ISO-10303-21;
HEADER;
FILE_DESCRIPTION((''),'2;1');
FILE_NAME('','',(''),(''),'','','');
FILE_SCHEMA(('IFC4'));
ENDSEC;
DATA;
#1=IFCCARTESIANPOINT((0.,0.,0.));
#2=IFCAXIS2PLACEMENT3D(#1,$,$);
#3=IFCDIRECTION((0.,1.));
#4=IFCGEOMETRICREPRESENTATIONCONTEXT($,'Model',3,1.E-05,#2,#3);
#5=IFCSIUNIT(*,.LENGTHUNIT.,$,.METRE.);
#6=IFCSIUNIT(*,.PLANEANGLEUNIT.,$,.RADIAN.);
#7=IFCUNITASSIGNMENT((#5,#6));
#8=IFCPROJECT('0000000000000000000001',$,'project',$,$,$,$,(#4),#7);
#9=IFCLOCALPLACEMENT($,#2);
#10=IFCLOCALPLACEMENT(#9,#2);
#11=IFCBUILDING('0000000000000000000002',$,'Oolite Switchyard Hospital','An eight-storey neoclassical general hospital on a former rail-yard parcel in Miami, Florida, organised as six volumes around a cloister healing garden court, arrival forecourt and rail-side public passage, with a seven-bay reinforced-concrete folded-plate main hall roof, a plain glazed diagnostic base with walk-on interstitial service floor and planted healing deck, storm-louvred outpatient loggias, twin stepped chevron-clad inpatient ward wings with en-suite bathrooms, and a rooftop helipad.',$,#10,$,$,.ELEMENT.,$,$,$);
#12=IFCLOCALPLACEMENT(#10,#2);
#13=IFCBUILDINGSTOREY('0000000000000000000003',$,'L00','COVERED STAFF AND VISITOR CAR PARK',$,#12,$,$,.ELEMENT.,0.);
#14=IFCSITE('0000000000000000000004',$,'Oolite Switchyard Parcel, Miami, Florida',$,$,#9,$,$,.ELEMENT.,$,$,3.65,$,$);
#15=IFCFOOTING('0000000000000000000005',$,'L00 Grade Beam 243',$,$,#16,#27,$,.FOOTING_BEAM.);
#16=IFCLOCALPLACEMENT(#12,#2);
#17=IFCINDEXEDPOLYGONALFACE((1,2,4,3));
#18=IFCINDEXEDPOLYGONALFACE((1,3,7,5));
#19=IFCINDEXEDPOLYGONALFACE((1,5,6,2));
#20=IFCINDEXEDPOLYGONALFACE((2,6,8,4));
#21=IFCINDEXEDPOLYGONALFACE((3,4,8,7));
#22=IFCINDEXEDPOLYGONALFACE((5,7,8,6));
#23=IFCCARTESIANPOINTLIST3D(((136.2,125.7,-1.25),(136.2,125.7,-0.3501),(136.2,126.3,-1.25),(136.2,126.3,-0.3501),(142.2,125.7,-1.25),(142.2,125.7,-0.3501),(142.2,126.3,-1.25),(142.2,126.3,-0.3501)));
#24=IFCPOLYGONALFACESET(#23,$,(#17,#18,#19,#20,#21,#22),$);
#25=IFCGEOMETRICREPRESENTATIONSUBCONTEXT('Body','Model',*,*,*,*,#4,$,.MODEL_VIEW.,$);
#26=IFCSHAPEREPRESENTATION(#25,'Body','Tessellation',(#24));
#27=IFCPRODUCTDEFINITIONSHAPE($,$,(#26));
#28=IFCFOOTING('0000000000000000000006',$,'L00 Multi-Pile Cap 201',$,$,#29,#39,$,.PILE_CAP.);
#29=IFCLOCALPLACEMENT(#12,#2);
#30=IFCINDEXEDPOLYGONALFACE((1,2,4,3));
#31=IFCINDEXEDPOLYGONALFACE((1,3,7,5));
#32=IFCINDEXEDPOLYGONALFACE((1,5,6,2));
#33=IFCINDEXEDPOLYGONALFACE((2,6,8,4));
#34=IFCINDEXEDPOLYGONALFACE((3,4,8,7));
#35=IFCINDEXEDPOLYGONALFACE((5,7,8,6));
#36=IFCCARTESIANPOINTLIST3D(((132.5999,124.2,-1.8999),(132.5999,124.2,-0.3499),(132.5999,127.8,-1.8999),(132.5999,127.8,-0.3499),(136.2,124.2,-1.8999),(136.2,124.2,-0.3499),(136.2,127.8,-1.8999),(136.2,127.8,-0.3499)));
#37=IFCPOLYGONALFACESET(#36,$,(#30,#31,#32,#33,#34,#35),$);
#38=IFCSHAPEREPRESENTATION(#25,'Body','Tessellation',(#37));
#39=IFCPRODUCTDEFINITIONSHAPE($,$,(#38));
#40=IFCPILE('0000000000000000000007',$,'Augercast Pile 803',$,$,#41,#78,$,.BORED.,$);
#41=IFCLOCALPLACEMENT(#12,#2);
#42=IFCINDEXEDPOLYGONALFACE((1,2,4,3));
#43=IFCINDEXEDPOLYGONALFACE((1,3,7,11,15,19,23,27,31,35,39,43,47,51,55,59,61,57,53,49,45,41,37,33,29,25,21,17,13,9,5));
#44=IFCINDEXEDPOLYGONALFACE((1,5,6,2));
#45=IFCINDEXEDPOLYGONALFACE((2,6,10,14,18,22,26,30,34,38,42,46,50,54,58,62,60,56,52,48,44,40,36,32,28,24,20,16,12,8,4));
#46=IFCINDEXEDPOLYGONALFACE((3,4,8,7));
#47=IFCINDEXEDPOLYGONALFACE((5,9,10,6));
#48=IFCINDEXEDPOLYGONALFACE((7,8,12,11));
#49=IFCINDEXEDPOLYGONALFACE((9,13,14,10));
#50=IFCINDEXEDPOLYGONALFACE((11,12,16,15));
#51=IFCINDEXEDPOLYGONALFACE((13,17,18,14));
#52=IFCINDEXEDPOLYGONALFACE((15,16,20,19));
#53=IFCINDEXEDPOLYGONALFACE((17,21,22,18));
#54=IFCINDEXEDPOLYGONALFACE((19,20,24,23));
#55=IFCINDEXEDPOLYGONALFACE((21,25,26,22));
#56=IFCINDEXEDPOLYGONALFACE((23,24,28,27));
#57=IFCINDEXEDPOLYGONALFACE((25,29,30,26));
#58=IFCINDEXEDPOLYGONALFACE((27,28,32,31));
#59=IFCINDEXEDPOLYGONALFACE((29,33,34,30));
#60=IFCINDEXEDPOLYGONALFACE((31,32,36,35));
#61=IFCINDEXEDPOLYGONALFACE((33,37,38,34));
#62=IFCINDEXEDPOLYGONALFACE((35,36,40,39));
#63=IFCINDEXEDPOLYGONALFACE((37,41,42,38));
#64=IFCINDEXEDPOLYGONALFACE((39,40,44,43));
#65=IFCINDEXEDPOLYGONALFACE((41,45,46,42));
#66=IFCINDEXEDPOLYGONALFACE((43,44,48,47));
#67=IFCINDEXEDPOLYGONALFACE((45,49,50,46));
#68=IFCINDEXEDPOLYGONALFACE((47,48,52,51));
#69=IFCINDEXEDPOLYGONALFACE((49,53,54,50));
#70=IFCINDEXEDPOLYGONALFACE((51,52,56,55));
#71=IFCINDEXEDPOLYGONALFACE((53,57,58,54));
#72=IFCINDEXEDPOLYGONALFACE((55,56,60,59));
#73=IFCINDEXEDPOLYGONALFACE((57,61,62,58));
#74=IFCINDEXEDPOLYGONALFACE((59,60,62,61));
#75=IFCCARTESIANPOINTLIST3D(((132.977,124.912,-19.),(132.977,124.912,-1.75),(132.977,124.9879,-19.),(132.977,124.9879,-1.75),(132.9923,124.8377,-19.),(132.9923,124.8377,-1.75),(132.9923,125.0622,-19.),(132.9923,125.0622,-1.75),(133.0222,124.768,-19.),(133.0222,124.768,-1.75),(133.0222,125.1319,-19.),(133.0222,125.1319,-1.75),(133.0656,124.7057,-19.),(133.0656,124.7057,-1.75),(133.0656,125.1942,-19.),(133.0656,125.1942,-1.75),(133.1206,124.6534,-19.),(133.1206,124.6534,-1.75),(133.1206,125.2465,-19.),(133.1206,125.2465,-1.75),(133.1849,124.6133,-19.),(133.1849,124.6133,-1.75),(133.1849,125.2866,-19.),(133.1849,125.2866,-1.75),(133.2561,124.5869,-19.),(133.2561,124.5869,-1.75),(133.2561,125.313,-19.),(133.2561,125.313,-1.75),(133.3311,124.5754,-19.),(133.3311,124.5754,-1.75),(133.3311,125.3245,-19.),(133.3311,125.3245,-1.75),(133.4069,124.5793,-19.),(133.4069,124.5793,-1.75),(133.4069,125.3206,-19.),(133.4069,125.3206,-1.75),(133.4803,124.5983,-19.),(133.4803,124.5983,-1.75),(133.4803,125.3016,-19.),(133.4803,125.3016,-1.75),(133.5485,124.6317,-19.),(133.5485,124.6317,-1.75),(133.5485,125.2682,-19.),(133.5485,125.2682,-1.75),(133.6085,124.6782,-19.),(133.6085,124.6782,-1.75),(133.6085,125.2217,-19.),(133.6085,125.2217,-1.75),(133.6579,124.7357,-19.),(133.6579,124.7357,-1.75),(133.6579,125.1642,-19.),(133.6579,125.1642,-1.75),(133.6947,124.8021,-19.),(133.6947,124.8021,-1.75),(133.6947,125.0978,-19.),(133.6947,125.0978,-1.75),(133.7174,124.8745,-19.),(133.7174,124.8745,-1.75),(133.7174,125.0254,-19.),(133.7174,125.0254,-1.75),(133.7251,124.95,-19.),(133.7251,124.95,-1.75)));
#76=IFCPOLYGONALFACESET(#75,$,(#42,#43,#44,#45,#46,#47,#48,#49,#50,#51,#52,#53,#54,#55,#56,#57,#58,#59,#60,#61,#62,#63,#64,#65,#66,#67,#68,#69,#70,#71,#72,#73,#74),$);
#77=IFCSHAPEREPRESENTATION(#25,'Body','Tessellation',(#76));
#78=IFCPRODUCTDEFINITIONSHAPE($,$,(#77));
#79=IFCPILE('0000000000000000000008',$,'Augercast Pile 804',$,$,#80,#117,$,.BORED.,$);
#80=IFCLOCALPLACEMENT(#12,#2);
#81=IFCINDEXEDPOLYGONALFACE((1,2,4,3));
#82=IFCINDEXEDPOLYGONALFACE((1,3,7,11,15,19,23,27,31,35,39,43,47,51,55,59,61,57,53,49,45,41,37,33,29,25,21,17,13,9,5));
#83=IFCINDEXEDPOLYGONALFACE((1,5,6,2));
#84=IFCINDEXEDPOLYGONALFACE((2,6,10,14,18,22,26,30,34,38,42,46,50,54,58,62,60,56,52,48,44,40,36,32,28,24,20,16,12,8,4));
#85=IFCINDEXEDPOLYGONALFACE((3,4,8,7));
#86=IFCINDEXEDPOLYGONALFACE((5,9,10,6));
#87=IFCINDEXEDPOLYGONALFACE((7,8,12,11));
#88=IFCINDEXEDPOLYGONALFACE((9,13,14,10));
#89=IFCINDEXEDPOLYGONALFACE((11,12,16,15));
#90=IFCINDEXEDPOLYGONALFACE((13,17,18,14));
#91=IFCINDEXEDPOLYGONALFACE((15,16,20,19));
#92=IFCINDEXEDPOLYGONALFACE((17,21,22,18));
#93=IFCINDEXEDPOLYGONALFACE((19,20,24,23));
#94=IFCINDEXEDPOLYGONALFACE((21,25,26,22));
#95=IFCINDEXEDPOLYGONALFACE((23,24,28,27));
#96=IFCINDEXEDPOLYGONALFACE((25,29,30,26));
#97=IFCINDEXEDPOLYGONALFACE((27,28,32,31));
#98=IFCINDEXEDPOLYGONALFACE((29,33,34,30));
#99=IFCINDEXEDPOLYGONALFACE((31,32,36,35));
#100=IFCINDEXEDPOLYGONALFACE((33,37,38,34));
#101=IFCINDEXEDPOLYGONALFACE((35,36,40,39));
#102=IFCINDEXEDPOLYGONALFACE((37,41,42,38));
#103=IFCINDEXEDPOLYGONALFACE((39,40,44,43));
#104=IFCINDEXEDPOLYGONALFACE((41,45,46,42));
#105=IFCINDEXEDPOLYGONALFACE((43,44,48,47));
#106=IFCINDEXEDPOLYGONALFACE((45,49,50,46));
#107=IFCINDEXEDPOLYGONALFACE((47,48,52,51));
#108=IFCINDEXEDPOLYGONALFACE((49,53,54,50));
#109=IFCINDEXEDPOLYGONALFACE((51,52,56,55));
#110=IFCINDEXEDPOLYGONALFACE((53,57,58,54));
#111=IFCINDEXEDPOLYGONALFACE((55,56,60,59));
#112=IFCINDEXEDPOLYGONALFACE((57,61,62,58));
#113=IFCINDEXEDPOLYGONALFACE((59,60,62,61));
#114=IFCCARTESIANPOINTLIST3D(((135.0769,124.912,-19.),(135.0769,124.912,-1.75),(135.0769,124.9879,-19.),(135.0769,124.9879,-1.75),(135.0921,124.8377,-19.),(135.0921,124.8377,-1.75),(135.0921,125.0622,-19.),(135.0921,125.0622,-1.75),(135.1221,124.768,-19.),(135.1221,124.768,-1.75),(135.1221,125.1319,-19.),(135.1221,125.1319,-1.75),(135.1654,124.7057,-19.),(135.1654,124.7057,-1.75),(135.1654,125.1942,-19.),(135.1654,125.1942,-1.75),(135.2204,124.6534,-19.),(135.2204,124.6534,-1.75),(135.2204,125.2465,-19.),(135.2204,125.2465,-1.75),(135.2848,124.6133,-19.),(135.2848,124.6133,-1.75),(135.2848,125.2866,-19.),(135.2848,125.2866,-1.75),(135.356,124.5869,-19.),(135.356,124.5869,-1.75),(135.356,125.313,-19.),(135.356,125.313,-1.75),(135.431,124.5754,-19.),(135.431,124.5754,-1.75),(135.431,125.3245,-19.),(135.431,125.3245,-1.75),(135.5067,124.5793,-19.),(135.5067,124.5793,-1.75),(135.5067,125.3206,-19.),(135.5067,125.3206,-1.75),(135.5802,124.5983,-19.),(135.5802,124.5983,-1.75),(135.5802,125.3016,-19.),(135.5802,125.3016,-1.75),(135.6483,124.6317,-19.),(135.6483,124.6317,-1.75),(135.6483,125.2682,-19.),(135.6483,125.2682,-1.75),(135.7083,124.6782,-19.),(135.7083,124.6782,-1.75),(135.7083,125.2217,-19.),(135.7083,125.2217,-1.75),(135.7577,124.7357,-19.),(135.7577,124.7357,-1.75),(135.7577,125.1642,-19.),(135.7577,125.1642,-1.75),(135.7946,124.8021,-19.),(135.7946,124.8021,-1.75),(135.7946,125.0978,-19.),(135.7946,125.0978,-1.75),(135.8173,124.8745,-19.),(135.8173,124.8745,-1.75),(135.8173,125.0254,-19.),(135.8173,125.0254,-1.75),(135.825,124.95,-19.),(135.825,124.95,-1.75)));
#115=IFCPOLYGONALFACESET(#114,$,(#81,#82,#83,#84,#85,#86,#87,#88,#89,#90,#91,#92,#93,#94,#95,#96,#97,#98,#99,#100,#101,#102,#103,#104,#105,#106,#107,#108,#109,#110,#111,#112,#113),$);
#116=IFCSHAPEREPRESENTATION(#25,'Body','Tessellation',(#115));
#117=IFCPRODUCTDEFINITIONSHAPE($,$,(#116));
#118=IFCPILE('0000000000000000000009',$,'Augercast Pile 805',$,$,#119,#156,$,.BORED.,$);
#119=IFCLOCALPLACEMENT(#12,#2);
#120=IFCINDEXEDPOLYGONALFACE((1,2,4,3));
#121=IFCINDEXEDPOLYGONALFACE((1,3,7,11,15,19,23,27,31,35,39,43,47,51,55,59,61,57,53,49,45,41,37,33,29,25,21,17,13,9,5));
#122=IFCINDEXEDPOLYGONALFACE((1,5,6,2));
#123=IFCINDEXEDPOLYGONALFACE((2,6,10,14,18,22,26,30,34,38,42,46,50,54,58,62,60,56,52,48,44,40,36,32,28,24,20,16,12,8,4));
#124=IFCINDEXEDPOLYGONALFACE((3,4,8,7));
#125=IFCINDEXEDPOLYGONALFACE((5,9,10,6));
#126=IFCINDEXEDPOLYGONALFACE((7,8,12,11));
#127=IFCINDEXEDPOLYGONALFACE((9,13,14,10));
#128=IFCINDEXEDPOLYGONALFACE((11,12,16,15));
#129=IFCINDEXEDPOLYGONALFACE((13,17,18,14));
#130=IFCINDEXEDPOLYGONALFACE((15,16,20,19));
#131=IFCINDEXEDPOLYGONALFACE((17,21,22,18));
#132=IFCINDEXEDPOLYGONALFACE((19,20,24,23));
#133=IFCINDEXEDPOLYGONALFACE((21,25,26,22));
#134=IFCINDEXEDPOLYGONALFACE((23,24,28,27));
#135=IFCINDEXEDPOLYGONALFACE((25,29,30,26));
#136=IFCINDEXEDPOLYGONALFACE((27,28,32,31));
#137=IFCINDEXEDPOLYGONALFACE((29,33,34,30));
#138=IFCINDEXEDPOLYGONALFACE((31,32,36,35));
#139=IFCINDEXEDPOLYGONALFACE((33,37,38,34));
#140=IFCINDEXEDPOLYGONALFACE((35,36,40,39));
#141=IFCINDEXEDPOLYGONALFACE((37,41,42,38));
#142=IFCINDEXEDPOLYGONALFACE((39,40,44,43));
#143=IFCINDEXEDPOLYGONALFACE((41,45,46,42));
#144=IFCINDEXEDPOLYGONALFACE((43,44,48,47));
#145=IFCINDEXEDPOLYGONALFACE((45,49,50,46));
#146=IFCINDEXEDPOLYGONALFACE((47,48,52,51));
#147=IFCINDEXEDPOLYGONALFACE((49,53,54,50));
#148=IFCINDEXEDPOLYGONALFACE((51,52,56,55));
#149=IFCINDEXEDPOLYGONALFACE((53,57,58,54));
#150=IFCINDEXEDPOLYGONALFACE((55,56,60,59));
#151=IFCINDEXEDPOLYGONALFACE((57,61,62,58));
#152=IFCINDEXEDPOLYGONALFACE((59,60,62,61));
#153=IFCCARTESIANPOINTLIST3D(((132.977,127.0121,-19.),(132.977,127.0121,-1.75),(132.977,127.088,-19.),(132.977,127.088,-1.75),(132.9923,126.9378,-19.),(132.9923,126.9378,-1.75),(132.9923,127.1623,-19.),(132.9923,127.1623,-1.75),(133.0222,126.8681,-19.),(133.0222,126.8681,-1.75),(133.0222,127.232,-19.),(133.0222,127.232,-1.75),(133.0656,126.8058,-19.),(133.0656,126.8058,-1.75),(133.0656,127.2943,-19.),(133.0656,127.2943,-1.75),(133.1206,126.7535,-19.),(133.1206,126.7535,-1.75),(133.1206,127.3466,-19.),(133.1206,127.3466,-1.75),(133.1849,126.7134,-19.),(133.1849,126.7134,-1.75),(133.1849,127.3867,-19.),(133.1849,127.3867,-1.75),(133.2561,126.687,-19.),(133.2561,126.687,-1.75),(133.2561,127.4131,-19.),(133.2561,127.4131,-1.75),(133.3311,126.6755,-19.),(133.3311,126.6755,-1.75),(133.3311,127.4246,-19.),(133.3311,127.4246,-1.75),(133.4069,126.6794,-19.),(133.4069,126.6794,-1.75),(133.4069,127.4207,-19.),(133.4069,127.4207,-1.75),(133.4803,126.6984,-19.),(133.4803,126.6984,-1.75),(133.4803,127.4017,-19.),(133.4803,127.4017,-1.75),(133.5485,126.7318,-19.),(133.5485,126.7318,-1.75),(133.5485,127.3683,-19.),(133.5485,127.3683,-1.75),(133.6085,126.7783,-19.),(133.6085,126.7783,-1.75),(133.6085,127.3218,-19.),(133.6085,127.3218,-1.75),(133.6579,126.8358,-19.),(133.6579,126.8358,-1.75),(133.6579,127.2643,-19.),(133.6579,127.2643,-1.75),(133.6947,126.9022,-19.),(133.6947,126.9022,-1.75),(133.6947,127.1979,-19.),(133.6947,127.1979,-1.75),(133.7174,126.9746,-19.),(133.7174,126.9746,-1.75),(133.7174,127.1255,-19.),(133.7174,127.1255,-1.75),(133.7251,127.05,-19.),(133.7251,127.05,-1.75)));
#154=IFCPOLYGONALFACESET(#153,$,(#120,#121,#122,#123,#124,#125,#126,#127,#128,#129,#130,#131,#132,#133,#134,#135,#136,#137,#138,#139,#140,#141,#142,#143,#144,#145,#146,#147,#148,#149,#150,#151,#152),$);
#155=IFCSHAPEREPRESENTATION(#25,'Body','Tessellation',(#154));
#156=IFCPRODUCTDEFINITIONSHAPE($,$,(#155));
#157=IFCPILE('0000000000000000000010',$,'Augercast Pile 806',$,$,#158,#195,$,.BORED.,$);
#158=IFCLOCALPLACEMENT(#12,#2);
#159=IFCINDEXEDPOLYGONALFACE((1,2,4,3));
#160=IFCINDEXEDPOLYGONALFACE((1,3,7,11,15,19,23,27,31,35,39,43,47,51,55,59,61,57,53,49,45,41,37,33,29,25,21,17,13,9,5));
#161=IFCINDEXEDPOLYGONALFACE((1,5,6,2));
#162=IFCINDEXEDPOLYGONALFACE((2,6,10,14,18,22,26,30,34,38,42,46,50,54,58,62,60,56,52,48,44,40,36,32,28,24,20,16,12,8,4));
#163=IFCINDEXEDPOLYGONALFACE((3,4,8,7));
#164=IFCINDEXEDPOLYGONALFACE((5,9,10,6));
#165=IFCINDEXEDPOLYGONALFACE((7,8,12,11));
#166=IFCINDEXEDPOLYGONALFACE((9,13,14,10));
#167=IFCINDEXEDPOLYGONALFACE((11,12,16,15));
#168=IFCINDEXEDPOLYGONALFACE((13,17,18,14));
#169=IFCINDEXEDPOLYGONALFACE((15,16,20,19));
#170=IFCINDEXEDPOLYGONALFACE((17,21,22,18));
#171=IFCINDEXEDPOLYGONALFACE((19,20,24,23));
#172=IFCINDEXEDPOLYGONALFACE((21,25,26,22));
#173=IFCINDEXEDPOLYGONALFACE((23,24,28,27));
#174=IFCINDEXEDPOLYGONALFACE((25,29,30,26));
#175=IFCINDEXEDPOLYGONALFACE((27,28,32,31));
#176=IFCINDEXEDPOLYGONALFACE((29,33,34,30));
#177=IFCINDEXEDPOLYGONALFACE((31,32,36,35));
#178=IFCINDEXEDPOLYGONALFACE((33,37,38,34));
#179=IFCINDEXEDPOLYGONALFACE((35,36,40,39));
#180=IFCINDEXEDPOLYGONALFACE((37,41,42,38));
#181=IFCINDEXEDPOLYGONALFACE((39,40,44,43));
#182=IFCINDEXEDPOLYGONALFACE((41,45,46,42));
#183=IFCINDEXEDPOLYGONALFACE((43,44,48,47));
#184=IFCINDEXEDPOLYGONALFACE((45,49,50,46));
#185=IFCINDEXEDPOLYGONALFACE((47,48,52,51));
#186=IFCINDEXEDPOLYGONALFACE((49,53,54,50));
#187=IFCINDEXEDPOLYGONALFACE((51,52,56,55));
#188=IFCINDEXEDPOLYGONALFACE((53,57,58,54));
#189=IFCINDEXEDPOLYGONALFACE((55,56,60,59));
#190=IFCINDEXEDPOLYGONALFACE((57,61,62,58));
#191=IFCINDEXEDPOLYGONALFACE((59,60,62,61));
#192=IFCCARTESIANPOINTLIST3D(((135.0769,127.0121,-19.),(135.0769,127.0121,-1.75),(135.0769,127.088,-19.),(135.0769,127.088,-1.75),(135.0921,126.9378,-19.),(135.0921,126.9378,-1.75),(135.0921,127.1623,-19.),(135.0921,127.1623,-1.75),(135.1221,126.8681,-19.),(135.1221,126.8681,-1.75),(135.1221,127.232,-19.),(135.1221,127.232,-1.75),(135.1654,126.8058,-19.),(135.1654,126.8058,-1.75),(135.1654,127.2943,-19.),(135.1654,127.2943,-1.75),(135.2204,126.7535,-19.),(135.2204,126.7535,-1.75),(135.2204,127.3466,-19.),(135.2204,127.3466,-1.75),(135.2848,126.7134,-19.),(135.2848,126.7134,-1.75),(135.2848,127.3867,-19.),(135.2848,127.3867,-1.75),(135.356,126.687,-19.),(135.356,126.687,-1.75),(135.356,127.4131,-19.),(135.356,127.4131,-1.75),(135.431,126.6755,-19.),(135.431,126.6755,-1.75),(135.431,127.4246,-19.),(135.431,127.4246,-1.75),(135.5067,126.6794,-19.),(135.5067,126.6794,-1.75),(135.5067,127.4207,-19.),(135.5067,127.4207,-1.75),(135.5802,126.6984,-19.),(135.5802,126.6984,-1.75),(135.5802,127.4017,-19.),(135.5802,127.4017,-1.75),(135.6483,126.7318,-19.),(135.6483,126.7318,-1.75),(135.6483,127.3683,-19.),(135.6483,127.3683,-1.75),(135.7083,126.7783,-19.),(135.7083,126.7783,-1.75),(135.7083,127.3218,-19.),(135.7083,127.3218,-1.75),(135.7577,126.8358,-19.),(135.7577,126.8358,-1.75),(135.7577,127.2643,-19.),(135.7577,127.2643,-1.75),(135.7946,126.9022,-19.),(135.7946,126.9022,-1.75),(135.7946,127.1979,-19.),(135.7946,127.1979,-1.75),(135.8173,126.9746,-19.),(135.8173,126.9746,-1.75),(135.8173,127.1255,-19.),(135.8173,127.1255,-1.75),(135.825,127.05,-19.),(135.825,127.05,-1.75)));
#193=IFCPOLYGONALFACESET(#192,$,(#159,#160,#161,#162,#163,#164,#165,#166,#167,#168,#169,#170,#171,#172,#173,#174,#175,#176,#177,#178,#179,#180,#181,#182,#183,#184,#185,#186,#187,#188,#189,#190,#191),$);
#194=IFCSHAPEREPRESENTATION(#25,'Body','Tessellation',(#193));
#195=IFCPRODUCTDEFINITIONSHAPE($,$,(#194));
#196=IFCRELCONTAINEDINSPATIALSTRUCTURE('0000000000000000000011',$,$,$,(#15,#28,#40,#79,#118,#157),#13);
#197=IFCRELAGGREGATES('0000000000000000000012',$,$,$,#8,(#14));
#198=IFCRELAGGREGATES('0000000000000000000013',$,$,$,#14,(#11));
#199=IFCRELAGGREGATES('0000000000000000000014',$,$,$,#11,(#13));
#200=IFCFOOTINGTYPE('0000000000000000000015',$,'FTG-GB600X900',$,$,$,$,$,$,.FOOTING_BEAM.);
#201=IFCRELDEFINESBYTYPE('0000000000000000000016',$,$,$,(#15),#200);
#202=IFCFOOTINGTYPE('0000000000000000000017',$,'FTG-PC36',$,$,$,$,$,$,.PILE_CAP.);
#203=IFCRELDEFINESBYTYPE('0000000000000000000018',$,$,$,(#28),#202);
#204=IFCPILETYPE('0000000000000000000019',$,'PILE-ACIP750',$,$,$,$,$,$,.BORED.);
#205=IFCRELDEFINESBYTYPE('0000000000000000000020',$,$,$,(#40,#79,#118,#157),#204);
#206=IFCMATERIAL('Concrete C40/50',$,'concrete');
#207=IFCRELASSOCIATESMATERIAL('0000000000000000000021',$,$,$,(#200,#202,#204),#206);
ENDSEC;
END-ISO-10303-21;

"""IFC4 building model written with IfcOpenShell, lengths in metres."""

from ifc_helpers import new_model, si_unit, direction, frame, origin, origin_2d, place, context, subcontext, project, spatial, rectangle, circle, extrude, material, material_profile, profile_set, type_object, element, save


model = new_model("IFC4")

# Units and contexts
model_context = context("Model", 3, precision=1e-05, world=origin(), true_north=direction((0.0, 1.0)))
body_context = subcontext(model_context, "Body", "Model", "MODEL_VIEW")
ifc_project = project(units=[si_unit("LENGTHUNIT", "METRE"), si_unit("PLANEANGLEUNIT", "RADIAN")], contexts=[model_context])

# Site, building, storey
site_placement = place(None, origin())
site = spatial("IfcSite", under=ifc_project, at=site_placement, Name="Oolite Switchyard Parcel, Miami, Florida", CompositionType="ELEMENT", RefElevation=3.65)
building_placement = place(site_placement, origin())
building = spatial("IfcBuilding", under=site, at=building_placement, Name="Oolite Switchyard Hospital", Description="An eight-storey neoclassical general hospital on a former rail-yard parcel in Miami, Florida, organised as six volumes around a cloister healing garden court, arrival forecourt and rail-side public passage, with a seven-bay reinforced-concrete folded-plate main hall roof, a plain glazed diagnostic base with walk-on interstitial service floor and planted healing deck, storm-louvred outpatient loggias, twin stepped chevron-clad inpatient ward wings with en-suite bathrooms, and a rooftop helipad.", CompositionType="ELEMENT")
storey_placement = place(building_placement, origin())
storey = spatial("IfcBuildingStorey", under=building, at=storey_placement, Name="L00", Description="COVERED STAFF AND VISITOR CAR PARK", CompositionType="ELEMENT", Elevation=0.0)

# Footings
ifc_material_1 = material(Name="Concrete C40/50", Category="concrete")
footing_type_1 = type_object("IfcFootingType", Name="FTG-GB600X900", PredefinedType="FOOTING_BEAM", material=ifc_material_1)
footing_1_placement = place(storey_placement, frame((139.2, 126.0, -1.25), z_axis=(0.0, 0.0, 1.0), x_axis=(1.0, 0.0, 0.0)))
element("IfcFooting", 1, at=footing_1_placement, inside=storey, type_object=footing_type_1, Name="L00 Grade Beam 243", PredefinedType="FOOTING_BEAM", context=body_context, shape_type="SweptSolid", body=[
    extrude(rectangle(XDim=6.0, YDim=0.6001, at=origin_2d()), origin(), (0.0, 0.0, 1.0), 0.8999),
])
footing_type_2 = type_object("IfcFootingType", Name="FTG-PC36", PredefinedType="PILE_CAP", material=ifc_material_1)
footing_2_placement = place(storey_placement, frame((134.3999, 126.0, -1.8999), z_axis=(0.0, 0.0, 1.0), x_axis=(1.0, 0.0, 0.0)))
element("IfcFooting", 2, at=footing_2_placement, inside=storey, type_object=footing_type_2, Name="L00 Multi-Pile Cap 201", PredefinedType="PILE_CAP", context=body_context, shape_type="SweptSolid", body=[
    extrude(rectangle(XDim=3.6001, YDim=3.6001, at=origin_2d()), origin(), (0.0, 0.0, 1.0), 1.55),
])

# Piles
ifc_material_profile_1 = material_profile(ifc_material_1, circle(Radius=0.375, at=origin_2d()), Name="PILE750")
ifc_profile_set_1 = profile_set([ifc_material_profile_1], Name="Concrete C40/50")
pile_type = type_object("IfcPileType", Name="PILE-ACIP750", PredefinedType="BORED", material=ifc_profile_set_1)
for number, where, z_axis, x_axis, name in (
    (3, (133.3501, 124.95, -1.75), (0.0, 0.0, -1.0), (1.0, 0.0, 0.0), "Augercast Pile 803"),
    (4, (135.45, 124.95, -1.75), (0.0, 0.0, -1.0), (1.0, 0.0, 0.0), "Augercast Pile 804"),
    (5, (133.3501, 127.05, -1.75), (0.0, 0.0, -1.0), (1.0, 0.0, 0.0), "Augercast Pile 805"),
    (6, (135.45, 127.05, -1.75), (0.0, 0.0, -1.0), (1.0, 0.0, 0.0), "Augercast Pile 806"),
):
    element("IfcPile", number, at=place(storey_placement, frame(where, z_axis=z_axis, x_axis=x_axis)), inside=storey, type_object=pile_type, Name=name, PredefinedType="BORED", context=body_context, shape_type="SweptSolid", body=[
        extrude(circle(Radius=0.375, at=origin_2d()), origin(), (0.0, 0.0, 1.0), 17.25),
    ])

save(model, "model.ifc")
